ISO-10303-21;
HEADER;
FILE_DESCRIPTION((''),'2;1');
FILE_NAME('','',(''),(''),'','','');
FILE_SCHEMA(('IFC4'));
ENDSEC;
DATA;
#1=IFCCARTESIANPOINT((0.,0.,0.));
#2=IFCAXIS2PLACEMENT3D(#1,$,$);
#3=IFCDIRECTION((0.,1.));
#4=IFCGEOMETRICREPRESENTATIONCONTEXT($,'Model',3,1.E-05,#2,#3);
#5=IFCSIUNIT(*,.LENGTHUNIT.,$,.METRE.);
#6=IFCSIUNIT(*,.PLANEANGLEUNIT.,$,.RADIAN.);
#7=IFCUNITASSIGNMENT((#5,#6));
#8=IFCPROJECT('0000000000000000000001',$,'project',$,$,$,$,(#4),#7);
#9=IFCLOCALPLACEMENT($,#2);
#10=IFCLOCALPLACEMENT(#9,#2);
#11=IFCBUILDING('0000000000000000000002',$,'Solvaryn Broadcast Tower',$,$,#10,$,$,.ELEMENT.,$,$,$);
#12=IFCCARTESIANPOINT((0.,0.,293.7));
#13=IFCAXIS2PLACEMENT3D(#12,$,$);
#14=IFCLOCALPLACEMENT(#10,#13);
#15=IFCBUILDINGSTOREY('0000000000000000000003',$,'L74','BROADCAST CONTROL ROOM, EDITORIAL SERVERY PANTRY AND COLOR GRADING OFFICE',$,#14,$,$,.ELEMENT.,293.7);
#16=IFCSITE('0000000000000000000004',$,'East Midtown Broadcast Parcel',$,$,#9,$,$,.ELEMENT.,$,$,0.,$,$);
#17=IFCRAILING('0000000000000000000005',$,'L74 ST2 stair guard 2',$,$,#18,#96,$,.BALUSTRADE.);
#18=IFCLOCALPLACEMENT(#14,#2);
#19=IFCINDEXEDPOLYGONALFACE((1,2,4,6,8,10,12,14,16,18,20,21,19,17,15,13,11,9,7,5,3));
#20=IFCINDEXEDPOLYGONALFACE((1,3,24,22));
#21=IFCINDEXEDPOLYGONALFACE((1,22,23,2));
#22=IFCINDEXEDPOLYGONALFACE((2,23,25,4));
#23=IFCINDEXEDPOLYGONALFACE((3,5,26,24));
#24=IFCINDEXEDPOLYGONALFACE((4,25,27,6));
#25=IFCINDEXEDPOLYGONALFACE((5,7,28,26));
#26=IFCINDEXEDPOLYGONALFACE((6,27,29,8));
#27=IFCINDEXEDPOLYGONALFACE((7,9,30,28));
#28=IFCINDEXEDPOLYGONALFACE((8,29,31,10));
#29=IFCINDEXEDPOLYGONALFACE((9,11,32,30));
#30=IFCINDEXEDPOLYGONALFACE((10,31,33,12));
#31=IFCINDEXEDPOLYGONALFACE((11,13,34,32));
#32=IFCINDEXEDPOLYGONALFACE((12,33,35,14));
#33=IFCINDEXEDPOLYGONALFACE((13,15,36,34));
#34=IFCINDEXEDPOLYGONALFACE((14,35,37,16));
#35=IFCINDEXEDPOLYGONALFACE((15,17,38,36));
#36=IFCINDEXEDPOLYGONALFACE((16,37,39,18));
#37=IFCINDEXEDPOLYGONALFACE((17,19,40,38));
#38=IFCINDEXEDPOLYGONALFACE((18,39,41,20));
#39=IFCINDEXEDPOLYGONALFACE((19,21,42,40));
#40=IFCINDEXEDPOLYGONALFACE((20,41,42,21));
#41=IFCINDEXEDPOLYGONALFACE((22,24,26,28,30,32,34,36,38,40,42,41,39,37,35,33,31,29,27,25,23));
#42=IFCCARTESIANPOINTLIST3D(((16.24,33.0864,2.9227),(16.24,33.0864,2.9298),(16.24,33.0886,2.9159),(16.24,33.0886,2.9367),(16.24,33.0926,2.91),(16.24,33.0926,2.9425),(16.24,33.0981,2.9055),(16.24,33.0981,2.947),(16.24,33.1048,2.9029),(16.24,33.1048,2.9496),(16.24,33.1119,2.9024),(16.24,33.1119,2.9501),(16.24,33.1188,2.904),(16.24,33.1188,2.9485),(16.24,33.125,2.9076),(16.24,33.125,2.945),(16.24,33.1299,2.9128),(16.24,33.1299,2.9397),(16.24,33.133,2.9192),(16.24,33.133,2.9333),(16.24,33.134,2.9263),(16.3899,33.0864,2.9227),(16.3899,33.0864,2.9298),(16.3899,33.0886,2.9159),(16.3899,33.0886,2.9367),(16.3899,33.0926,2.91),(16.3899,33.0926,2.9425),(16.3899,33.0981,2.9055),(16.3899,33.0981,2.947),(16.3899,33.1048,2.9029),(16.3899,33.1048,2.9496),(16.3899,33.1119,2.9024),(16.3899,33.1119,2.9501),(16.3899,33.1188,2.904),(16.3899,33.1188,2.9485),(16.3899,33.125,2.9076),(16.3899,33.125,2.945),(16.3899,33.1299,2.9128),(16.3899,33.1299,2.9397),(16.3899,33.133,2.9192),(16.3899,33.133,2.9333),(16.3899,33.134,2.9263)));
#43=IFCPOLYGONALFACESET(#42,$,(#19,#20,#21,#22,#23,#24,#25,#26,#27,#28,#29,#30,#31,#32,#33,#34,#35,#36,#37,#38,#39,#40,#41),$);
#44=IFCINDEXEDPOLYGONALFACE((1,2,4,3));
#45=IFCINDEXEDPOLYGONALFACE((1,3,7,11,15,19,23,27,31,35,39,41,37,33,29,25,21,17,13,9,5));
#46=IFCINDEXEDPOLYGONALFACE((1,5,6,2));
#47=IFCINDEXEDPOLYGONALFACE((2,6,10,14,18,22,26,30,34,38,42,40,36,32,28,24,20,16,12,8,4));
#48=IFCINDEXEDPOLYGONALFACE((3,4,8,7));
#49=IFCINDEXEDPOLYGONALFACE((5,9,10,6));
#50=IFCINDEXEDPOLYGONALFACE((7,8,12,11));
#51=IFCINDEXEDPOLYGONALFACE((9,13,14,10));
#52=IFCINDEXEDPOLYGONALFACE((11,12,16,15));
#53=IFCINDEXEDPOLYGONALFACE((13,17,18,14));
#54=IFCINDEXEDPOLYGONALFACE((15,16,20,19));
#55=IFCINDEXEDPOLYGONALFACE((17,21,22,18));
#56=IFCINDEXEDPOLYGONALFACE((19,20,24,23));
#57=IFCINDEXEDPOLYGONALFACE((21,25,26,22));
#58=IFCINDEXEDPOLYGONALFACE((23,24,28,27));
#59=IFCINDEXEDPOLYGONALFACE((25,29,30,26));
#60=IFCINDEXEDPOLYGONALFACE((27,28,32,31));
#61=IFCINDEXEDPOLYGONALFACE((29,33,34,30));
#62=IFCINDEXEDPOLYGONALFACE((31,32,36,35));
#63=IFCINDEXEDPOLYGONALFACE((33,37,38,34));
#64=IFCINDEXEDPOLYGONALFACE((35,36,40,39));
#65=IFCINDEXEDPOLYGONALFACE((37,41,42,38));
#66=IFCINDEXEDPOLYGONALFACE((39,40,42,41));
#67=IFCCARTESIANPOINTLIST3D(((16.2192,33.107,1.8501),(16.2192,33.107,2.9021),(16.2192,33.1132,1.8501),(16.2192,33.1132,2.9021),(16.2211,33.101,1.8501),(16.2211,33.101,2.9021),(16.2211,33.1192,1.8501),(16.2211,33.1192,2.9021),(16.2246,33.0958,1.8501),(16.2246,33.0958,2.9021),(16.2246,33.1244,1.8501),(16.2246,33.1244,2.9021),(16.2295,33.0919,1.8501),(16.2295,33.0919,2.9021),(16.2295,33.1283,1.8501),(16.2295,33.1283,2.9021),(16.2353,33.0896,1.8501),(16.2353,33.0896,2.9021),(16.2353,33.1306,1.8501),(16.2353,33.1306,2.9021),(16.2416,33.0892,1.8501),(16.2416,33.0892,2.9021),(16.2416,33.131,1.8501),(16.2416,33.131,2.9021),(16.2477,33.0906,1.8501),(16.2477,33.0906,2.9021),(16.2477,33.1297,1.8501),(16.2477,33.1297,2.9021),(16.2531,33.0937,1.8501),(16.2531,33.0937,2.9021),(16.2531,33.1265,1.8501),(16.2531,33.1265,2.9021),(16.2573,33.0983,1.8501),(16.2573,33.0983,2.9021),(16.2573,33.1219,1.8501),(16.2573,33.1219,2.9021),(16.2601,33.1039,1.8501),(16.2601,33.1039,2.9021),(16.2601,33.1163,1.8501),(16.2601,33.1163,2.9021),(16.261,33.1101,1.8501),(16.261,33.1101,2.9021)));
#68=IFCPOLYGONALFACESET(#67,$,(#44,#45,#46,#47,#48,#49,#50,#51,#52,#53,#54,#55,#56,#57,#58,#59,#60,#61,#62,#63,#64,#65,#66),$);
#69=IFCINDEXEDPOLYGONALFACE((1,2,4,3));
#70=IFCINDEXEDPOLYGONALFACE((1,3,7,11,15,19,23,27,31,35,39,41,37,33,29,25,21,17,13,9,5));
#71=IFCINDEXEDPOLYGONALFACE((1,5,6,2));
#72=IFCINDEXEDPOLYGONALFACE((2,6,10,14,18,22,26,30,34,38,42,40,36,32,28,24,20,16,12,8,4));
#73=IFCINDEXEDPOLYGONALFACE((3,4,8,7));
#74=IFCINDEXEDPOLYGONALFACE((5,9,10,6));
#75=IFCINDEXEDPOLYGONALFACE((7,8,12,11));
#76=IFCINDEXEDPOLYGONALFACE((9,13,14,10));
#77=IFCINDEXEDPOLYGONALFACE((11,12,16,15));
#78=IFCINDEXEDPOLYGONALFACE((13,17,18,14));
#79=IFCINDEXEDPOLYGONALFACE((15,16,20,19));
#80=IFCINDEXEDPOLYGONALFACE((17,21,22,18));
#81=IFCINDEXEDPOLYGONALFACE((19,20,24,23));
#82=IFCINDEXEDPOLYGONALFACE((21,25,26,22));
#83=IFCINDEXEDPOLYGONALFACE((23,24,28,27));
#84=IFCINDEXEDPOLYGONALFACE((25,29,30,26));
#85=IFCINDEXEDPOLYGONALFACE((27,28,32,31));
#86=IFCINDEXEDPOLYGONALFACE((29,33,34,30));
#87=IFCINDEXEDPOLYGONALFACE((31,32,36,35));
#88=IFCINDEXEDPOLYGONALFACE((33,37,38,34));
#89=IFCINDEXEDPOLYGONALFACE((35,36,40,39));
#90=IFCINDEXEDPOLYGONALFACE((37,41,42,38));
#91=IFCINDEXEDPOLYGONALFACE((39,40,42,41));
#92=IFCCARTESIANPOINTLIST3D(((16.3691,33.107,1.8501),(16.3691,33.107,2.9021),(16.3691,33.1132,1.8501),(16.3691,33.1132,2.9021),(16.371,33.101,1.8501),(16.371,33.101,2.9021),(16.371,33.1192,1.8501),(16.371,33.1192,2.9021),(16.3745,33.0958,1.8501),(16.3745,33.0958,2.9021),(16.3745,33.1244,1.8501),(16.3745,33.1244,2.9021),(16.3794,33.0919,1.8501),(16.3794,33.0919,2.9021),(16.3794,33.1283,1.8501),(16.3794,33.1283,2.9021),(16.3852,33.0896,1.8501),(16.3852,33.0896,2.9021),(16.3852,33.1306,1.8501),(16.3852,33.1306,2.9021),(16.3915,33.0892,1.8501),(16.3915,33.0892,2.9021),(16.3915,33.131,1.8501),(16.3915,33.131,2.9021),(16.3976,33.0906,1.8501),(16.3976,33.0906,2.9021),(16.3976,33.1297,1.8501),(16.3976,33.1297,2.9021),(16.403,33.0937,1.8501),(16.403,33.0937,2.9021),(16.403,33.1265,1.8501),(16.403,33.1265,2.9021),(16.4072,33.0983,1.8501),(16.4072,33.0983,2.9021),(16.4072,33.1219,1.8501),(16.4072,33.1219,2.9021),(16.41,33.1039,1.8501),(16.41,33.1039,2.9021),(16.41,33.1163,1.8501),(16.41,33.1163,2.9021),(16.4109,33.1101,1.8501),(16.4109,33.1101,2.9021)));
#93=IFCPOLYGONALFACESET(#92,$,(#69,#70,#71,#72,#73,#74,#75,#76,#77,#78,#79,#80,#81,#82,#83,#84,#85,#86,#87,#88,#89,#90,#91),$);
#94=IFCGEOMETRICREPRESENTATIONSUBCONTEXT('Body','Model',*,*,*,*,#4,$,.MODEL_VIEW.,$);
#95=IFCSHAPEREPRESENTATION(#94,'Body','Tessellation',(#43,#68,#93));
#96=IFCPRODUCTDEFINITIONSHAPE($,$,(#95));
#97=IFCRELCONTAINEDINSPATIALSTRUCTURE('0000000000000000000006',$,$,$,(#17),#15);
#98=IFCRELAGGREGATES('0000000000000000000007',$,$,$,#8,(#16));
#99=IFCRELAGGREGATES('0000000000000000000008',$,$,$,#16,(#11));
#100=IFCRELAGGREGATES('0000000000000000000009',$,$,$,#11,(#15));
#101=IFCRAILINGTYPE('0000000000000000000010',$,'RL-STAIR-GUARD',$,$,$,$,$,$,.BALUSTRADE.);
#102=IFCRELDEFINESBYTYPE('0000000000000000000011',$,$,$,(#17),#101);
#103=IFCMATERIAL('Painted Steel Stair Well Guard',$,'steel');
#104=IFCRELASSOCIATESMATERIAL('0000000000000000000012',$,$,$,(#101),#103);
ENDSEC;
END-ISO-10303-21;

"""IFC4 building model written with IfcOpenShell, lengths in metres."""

from ifc_helpers import new_model, si_unit, direction, frame, origin, origin_2d, place, context, subcontext, project, spatial, circle, extrude, material, type_object, element, save


model = new_model("IFC4")

# Units and contexts
model_context = context("Model", 3, precision=1e-05, world=origin(), true_north=direction((0.0, 1.0)))
body_context = subcontext(model_context, "Body", "Model", "MODEL_VIEW")
ifc_project = project(units=[si_unit("LENGTHUNIT", "METRE"), si_unit("PLANEANGLEUNIT", "RADIAN")], contexts=[model_context])

# Site, building, storey
site_placement = place(None, origin())
site = spatial("IfcSite", under=ifc_project, at=site_placement, Name="East Midtown Broadcast Parcel", CompositionType="ELEMENT", RefElevation=0.0)
building_placement = place(site_placement, origin())
building = spatial("IfcBuilding", under=site, at=building_placement, Name="Solvaryn Broadcast Tower", CompositionType="ELEMENT")
storey_placement = place(building_placement, frame((0.0, 0.0, 293.7)))
storey = spatial("IfcBuildingStorey", under=building, at=storey_placement, Name="L74", Description="BROADCAST CONTROL ROOM, EDITORIAL SERVERY PANTRY AND COLOR GRADING OFFICE", CompositionType="ELEMENT", Elevation=293.7)

# Railing
ifc_material_1 = material(Name="Painted Steel Stair Well Guard", Category="steel")
railing_type_1 = type_object("IfcRailingType", Name="RL-STAIR-GUARD", PredefinedType="BALUSTRADE", material=ifc_material_1)
railing_1_placement = place(storey_placement, frame((16.24, 33.1101, 1.8501)))
element("IfcRailing", 1, at=railing_1_placement, inside=storey, type_object=railing_type_1, Name="L74 ST2 stair guard 2", PredefinedType="BALUSTRADE", context=body_context, shape_type="SweptSolid", body=[
    extrude(circle(Radius=0.0239, at=origin_2d()), frame((0.0, 0.0, 1.0762), z_axis=(1.0, 0.0, 0.0), x_axis=(0.0, 1.0, 0.0)), (0.0, 0.0, 1.0), 0.1499),
    extrude(circle(Radius=0.021, at=origin_2d()), origin(), (0.0, 0.0, 1.0), 1.052),
    extrude(circle(Radius=0.021, at=origin_2d()), frame((0.1499, 0.0, 0.0)), (0.0, 0.0, 1.0), 1.052),
])

save(model, "model.ifc")
